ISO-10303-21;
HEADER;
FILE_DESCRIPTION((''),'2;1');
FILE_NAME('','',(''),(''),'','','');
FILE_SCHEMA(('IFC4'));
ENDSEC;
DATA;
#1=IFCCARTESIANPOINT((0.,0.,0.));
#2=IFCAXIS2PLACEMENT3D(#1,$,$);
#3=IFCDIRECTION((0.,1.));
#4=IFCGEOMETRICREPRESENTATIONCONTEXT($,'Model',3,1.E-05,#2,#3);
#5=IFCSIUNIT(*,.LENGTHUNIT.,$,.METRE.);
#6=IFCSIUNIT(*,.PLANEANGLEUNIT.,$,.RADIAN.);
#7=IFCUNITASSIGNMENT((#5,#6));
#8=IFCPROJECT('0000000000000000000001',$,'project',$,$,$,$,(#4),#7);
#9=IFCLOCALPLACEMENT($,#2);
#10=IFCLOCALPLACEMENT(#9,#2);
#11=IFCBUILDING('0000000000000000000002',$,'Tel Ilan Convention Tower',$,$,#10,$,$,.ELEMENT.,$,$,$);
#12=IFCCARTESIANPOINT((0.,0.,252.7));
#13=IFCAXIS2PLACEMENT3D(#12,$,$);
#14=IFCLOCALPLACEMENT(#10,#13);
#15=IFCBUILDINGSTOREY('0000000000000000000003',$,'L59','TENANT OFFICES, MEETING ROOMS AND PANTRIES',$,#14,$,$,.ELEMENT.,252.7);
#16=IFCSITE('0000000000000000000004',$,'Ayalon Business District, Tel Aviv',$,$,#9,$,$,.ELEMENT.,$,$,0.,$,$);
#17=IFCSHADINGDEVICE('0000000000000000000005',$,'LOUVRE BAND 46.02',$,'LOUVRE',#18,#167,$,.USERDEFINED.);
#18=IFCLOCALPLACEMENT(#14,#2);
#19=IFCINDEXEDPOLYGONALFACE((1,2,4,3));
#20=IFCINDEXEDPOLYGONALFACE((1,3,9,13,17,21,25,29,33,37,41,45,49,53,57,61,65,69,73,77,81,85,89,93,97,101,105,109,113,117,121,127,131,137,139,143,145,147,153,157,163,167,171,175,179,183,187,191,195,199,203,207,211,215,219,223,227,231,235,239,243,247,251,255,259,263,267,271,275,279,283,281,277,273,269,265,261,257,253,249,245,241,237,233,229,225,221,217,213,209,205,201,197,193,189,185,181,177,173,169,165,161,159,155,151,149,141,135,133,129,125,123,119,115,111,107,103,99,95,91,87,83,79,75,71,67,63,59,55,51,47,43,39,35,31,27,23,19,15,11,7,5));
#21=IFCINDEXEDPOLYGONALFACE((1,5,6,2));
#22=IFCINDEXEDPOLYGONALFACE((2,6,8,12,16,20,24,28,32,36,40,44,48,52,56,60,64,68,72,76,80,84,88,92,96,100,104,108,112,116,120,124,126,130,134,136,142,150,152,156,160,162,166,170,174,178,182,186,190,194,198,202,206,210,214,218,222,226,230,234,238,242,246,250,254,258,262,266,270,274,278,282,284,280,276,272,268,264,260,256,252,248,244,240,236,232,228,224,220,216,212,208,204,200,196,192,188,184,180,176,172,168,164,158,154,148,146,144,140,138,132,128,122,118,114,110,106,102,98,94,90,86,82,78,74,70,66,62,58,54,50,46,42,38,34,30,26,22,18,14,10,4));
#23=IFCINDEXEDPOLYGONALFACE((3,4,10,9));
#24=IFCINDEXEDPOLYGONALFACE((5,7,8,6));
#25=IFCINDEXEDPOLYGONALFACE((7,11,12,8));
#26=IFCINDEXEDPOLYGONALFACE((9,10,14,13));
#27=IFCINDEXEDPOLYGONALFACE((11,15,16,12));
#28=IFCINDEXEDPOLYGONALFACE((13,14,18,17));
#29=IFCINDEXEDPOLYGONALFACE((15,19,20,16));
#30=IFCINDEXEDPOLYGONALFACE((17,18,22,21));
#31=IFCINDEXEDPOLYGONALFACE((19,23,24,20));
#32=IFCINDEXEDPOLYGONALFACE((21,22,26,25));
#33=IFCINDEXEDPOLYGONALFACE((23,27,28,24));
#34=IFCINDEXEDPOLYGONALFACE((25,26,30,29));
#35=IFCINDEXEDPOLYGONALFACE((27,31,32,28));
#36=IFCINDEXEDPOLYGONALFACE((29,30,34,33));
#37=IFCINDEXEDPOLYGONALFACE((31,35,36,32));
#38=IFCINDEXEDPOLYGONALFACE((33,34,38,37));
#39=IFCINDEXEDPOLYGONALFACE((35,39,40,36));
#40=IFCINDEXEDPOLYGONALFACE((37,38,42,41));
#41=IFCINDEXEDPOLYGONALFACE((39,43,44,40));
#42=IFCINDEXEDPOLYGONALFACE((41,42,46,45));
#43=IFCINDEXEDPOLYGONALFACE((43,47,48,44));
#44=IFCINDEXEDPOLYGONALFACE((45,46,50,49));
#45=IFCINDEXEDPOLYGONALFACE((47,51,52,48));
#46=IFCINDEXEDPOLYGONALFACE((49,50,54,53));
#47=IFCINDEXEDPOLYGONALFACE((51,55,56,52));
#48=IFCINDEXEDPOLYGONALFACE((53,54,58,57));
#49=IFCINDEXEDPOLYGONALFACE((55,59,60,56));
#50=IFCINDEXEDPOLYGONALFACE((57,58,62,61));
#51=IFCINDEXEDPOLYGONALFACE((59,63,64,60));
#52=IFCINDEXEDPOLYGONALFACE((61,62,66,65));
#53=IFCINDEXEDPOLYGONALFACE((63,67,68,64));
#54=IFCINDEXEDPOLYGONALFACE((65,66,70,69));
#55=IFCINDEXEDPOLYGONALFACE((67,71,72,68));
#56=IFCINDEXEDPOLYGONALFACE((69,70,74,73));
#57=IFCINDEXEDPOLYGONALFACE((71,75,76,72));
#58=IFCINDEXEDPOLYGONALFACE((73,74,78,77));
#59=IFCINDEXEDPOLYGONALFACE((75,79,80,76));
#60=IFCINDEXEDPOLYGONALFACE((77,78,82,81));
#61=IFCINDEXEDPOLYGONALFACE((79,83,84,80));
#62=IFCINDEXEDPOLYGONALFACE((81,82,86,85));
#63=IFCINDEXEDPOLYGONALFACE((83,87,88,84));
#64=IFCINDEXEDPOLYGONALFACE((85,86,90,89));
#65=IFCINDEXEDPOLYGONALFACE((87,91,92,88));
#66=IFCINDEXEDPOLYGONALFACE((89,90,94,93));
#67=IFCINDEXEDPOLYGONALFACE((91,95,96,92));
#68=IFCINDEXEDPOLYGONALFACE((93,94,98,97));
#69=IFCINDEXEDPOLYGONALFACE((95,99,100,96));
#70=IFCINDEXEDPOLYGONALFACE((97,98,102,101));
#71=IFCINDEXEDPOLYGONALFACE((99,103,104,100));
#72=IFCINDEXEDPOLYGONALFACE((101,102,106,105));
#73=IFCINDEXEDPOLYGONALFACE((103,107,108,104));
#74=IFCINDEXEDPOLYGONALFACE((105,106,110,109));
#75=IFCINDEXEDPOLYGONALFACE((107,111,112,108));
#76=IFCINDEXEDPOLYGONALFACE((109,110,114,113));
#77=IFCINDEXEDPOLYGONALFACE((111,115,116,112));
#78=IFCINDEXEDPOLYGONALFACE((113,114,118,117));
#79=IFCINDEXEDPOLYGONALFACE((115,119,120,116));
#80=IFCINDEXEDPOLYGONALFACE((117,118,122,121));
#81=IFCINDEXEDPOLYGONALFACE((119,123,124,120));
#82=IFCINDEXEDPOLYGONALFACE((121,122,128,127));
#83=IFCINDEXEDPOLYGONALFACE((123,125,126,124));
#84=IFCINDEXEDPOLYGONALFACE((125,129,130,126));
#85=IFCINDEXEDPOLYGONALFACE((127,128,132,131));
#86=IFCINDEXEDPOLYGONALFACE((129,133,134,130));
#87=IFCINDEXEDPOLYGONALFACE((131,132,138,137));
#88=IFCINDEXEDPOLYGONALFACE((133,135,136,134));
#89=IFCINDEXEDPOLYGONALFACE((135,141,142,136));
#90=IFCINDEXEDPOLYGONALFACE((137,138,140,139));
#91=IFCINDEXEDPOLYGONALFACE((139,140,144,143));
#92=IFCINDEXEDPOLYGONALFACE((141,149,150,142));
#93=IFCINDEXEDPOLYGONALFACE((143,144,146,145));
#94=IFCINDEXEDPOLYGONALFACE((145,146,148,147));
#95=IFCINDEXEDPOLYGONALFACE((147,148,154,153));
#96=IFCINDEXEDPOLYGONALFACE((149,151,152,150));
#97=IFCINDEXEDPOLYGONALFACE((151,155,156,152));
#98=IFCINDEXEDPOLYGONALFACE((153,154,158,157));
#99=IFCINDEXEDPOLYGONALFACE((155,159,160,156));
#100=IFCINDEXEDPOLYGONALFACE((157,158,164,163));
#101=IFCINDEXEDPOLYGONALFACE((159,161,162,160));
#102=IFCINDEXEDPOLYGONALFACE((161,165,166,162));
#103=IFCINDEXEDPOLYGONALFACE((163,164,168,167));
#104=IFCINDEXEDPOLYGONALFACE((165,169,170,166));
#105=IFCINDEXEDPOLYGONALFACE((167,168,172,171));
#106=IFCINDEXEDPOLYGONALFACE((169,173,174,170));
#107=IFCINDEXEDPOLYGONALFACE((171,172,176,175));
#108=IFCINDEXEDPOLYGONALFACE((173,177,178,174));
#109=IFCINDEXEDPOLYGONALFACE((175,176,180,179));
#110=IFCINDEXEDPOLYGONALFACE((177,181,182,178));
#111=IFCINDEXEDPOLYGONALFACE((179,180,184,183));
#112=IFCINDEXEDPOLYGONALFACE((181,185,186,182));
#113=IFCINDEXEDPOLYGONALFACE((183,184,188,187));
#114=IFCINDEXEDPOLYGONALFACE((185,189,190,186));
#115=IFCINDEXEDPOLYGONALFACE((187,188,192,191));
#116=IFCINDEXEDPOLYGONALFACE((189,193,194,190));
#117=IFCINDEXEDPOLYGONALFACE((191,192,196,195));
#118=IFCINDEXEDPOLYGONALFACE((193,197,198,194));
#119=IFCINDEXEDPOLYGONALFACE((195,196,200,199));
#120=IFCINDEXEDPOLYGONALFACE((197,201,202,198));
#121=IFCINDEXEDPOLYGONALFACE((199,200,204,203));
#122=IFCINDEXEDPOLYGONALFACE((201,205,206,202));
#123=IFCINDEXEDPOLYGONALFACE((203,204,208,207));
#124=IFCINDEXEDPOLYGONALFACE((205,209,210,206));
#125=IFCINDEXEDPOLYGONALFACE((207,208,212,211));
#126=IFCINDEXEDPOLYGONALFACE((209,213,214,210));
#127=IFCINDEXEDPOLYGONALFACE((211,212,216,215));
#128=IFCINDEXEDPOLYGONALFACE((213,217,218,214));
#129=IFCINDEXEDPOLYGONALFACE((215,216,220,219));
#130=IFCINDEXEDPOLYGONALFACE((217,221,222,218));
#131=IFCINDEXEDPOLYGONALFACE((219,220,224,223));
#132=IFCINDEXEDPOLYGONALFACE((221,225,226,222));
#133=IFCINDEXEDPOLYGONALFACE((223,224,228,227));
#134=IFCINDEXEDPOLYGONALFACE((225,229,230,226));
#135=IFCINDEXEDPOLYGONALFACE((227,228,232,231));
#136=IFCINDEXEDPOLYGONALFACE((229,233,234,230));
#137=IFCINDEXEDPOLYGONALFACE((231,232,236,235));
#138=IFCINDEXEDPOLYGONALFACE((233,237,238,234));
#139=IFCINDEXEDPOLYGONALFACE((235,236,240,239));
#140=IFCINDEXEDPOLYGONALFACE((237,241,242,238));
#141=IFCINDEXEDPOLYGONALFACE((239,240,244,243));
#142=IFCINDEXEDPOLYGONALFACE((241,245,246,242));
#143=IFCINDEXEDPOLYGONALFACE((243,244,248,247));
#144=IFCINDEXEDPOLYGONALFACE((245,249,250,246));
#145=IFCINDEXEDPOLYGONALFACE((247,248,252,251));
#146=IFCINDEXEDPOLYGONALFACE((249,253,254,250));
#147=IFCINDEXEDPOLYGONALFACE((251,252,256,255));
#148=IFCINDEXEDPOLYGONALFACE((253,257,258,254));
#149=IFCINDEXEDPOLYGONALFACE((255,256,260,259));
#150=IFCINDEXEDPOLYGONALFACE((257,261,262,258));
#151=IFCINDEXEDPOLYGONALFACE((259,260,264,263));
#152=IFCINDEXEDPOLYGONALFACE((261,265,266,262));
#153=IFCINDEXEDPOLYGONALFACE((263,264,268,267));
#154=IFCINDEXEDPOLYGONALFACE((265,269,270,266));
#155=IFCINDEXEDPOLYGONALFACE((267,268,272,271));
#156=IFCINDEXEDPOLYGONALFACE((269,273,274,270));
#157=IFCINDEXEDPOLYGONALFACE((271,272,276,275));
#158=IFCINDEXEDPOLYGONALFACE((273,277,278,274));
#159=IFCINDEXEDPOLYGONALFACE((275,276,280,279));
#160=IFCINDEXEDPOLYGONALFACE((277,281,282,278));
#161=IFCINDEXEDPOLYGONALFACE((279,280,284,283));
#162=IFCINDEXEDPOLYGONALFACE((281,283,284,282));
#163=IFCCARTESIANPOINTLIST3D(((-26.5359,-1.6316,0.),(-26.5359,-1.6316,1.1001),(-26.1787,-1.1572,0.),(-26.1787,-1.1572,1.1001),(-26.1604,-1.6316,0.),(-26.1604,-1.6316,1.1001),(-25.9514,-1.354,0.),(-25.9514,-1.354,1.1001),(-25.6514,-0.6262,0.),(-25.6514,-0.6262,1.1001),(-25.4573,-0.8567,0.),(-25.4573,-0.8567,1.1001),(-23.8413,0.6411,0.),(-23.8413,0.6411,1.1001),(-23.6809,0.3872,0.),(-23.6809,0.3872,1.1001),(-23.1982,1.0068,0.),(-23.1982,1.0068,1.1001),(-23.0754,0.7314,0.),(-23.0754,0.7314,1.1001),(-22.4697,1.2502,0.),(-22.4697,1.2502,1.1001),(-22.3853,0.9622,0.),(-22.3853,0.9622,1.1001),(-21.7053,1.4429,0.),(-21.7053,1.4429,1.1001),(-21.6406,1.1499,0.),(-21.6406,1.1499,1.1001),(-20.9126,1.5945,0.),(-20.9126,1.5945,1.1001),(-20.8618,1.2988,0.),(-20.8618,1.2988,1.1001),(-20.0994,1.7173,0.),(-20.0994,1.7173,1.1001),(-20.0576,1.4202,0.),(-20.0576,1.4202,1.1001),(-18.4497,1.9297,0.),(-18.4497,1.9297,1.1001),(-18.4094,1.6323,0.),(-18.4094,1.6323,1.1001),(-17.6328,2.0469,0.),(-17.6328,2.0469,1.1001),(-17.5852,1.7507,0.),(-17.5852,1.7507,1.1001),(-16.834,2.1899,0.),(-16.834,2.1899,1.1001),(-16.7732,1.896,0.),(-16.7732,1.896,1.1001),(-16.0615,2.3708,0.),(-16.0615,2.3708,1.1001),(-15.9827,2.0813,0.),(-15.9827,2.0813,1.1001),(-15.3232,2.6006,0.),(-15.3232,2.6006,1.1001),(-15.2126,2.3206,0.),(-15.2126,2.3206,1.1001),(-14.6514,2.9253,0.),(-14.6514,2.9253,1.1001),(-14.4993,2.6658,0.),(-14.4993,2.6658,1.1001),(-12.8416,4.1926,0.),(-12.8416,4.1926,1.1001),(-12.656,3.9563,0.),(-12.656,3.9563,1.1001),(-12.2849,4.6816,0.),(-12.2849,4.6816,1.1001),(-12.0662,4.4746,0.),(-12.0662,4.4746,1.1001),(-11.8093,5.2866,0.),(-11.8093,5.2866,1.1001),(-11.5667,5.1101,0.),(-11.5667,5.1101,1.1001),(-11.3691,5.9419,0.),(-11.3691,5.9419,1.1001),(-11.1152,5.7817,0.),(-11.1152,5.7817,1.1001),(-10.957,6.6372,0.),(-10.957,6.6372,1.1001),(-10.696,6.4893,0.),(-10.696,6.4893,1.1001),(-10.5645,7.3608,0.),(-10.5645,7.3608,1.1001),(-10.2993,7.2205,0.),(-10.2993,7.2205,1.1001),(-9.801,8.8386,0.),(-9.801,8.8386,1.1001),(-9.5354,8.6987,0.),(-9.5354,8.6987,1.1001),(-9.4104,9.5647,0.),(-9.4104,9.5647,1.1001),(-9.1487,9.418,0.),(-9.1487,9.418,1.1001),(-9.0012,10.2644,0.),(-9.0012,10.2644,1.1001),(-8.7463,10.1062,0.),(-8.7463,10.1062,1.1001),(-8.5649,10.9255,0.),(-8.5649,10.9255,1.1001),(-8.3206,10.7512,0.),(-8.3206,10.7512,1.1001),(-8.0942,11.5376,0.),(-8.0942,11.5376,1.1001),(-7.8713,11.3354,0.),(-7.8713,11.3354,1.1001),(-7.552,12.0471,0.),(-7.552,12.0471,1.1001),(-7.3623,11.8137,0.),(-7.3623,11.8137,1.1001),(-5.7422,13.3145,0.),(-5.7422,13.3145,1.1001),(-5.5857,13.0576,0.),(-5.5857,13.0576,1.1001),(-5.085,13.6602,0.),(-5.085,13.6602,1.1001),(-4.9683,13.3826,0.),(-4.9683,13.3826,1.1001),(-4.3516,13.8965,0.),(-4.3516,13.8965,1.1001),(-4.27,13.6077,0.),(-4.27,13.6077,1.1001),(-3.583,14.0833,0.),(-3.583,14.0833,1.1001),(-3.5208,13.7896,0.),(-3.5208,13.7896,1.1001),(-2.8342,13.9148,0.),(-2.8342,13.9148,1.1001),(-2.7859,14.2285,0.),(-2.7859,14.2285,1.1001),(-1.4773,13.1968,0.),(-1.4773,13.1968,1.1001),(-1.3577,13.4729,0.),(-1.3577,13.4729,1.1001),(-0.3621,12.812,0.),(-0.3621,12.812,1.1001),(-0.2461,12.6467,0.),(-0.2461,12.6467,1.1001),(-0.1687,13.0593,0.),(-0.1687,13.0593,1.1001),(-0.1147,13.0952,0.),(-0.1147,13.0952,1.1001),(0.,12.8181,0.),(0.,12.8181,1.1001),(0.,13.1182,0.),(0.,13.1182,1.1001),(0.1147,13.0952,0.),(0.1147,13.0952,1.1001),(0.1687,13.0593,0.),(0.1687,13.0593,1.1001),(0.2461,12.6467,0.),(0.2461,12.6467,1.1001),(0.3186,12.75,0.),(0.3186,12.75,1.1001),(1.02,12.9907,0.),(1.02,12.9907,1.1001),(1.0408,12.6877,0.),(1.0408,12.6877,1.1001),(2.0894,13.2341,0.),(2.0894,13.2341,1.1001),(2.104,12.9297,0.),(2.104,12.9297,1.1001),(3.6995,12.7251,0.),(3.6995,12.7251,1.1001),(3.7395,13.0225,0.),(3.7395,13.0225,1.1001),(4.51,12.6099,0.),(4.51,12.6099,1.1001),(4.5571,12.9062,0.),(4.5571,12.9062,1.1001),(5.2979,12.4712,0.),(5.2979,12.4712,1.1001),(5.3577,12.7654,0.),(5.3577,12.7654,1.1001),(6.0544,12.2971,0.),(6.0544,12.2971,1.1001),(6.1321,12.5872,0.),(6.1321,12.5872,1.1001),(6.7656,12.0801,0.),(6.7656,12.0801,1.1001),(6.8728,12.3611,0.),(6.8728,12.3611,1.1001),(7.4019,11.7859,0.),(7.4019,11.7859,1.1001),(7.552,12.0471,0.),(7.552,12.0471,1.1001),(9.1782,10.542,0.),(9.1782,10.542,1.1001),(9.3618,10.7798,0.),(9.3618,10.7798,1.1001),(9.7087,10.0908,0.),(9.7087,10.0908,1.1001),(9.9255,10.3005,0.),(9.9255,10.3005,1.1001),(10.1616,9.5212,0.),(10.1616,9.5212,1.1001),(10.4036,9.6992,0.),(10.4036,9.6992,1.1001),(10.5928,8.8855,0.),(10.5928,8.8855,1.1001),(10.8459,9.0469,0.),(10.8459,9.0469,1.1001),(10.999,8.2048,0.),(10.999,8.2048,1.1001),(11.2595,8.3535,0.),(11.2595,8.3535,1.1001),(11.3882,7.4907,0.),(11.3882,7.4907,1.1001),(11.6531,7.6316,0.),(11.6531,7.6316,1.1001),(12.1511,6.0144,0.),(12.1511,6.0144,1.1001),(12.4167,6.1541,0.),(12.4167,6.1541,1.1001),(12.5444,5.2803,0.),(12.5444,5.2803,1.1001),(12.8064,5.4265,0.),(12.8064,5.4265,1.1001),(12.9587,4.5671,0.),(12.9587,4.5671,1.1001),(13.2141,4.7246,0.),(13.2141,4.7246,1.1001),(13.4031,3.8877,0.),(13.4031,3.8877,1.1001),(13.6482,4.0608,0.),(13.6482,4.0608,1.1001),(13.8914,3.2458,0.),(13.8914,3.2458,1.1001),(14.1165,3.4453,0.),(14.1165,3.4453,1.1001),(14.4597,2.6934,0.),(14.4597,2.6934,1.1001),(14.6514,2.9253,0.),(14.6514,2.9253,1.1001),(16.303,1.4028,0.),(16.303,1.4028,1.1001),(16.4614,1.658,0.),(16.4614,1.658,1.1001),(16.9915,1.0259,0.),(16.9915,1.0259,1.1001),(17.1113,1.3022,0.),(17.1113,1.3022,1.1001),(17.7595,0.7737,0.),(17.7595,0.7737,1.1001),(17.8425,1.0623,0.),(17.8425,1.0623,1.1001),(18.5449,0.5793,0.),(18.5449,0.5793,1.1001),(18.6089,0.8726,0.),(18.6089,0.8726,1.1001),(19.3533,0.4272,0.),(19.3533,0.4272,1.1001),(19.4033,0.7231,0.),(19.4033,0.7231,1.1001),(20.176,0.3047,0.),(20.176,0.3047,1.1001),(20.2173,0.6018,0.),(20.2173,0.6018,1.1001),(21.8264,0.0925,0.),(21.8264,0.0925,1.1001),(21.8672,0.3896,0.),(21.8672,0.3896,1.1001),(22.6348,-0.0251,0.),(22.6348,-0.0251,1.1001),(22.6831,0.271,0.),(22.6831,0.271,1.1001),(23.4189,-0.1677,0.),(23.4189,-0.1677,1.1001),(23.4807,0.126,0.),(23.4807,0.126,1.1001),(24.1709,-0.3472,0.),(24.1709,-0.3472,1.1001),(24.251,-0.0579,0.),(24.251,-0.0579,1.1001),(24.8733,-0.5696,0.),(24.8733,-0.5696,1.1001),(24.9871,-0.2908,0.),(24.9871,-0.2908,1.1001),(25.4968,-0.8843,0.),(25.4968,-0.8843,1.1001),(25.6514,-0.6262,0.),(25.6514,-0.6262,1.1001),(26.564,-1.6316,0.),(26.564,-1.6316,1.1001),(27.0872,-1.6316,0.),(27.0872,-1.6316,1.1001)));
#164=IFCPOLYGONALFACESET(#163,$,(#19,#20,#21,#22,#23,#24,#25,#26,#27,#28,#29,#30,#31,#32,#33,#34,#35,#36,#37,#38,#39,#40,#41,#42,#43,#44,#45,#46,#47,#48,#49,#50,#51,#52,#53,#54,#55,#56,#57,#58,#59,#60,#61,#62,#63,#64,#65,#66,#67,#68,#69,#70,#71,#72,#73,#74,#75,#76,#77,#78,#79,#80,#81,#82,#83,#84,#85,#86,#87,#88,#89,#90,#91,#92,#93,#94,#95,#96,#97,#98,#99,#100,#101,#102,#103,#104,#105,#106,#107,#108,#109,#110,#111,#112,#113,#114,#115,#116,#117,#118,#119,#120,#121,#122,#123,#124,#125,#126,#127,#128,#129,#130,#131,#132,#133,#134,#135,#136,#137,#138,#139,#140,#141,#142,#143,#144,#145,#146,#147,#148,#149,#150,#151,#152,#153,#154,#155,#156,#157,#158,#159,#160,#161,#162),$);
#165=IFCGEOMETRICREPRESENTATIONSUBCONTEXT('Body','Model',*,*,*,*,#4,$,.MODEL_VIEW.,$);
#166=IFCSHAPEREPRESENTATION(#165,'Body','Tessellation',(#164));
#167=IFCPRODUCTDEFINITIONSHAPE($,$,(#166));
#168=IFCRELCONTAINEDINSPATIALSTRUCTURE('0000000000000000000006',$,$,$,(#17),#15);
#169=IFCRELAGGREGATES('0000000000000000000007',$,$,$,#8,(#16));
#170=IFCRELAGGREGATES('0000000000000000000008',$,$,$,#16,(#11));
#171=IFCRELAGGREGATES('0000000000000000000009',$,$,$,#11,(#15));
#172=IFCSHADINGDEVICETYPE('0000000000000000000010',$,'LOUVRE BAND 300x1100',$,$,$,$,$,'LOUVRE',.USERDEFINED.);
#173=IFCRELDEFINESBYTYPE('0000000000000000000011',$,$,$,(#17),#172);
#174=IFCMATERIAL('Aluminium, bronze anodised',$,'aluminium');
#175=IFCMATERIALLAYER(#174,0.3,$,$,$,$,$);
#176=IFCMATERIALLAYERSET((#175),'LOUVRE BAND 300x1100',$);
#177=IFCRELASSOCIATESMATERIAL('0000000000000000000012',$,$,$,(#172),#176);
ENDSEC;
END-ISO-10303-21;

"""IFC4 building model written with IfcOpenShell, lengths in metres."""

from ifc_helpers import new_model, si_unit, direction, frame, origin, place, context, subcontext, project, spatial, polyline, outline, extrude, material, layer, layer_set, type_object, element, save


model = new_model("IFC4")

# Units and contexts
model_context = context("Model", 3, precision=1e-05, world=origin(), true_north=direction((0.0, 1.0)))
body_context = subcontext(model_context, "Body", "Model", "MODEL_VIEW")
ifc_project = project(units=[si_unit("LENGTHUNIT", "METRE"), si_unit("PLANEANGLEUNIT", "RADIAN")], contexts=[model_context])

# Site, building, storey
site_placement = place(None, origin())
site = spatial("IfcSite", under=ifc_project, at=site_placement, Name="Ayalon Business District, Tel Aviv", CompositionType="ELEMENT", RefElevation=0.0)
building_placement = place(site_placement, origin())
building = spatial("IfcBuilding", under=site, at=building_placement, Name="Tel Ilan Convention Tower", CompositionType="ELEMENT")
storey_placement = place(building_placement, frame((0.0, 0.0, 252.7)))
storey = spatial("IfcBuildingStorey", under=building, at=storey_placement, Name="L59", Description="TENANT OFFICES, MEETING ROOMS AND PANTRIES", CompositionType="ELEMENT", Elevation=252.7)

# Shading device
ifc_material_1 = material(Name="Aluminium, bronze anodised", Category="aluminium")
ifc_layer_1 = layer(ifc_material_1, 0.3)
ifc_layer_set_1 = layer_set([ifc_layer_1], Name="LOUVRE BAND 300x1100")
shading_device_type_1 = type_object("IfcShadingDeviceType", Name="LOUVRE BAND 300x1100", ElementType="LOUVRE", PredefinedType="USERDEFINED", material=ifc_layer_set_1)
shading_device_1_placement = place(storey_placement, origin())
element("IfcShadingDevice", 1, at=shading_device_1_placement, inside=storey, type_object=shading_device_type_1, Name="LOUVRE BAND 46.02", ObjectType="LOUVRE", PredefinedType="USERDEFINED", context=body_context, shape_type="SweptSolid", body=[
    extrude(outline(polyline([(-26.1787, -1.1572), (-26.5359, -1.6316), (-26.1604, -1.6316), (-25.9514, -1.354), (-25.4573, -0.8567), (-23.6809, 0.3872), (-23.0754, 0.7314), (-22.3853, 0.9622), (-21.6406, 1.1499), (-20.8618, 1.2988), (-20.0576, 1.4202), (-18.4094, 1.6323), (-17.5852, 1.7507), (-16.7732, 1.896), (-15.9827, 2.0813), (-15.2126, 2.3206), (-14.4993, 2.6658), (-12.656, 3.9563), (-12.0662, 4.4746), (-11.5667, 5.1101), (-11.1152, 5.7817), (-10.696, 6.4893), (-10.2993, 7.2205), (-9.5354, 8.6987), (-9.1487, 9.418), (-8.7463, 10.1062), (-8.3206, 10.7512), (-7.8713, 11.3354), (-7.3623, 11.8137), (-5.5857, 13.0576), (-4.9683, 13.3826), (-4.27, 13.6077), (-3.5208, 13.7896), (-2.8342, 13.9148), (-1.4773, 13.1968), (-0.3621, 12.812), (-0.2461, 12.6467), (0.0, 12.8181), (0.2461, 12.6467), (0.3186, 12.75), (1.0408, 12.6877), (2.104, 12.9297), (3.6995, 12.7251), (4.51, 12.6099), (5.2979, 12.4712), (6.0544, 12.2971), (6.7656, 12.0801), (7.4019, 11.7859), (9.1782, 10.542), (9.7087, 10.0908), (10.1616, 9.5212), (10.5928, 8.8855), (10.999, 8.2048), (11.3882, 7.4907), (12.1511, 6.0144), (12.5444, 5.2803), (12.9587, 4.5671), (13.4031, 3.8877), (13.8914, 3.2458), (14.4597, 2.6934), (16.303, 1.4028), (16.9915, 1.0259), (17.7595, 0.7737), (18.5449, 0.5793), (19.3533, 0.4272), (20.176, 0.3047), (21.8264, 0.0925), (22.6348, -0.0251), (23.4189, -0.1677), (24.1709, -0.3472), (24.8733, -0.5696), (25.4968, -0.8843), (26.564, -1.6316), (27.0872, -1.6316), (25.6514, -0.6262), (24.9871, -0.2908), (24.251, -0.0579), (23.4807, 0.126), (22.6831, 0.271), (21.8672, 0.3896), (20.2173, 0.6018), (19.4033, 0.7231), (18.6089, 0.8726), (17.8425, 1.0623), (17.1113, 1.3022), (16.4614, 1.658), (14.6514, 2.9253), (14.1165, 3.4453), (13.6482, 4.0608), (13.2141, 4.7246), (12.8064, 5.4265), (12.4167, 6.1541), (11.6531, 7.6316), (11.2595, 8.3535), (10.8459, 9.0469), (10.4036, 9.6992), (9.9255, 10.3005), (9.3618, 10.7798), (7.552, 12.0471), (6.8728, 12.3611), (6.1321, 12.5872), (5.3577, 12.7654), (4.5571, 12.9062), (3.7395, 13.0225), (2.0894, 13.2341), (1.02, 12.9907), (0.1687, 13.0593), (0.1147, 13.0952), (0.0, 13.1182), (-0.1147, 13.0952), (-0.1687, 13.0593), (-1.3577, 13.4729), (-2.7859, 14.2285), (-3.583, 14.0833), (-4.3516, 13.8965), (-5.085, 13.6602), (-5.7422, 13.3145), (-7.552, 12.0471), (-8.0942, 11.5376), (-8.5649, 10.9255), (-9.0012, 10.2644), (-9.4104, 9.5647), (-9.801, 8.8386), (-10.5645, 7.3608), (-10.957, 6.6372), (-11.3691, 5.9419), (-11.8093, 5.2866), (-12.2849, 4.6816), (-12.8416, 4.1926), (-14.6514, 2.9253), (-15.3232, 2.6006), (-16.0615, 2.3708), (-16.834, 2.1899), (-17.6328, 2.0469), (-18.4497, 1.9297), (-20.0994, 1.7173), (-20.9126, 1.5945), (-21.7053, 1.4429), (-22.4697, 1.2502), (-23.1982, 1.0068), (-23.8413, 0.6411), (-25.6514, -0.6262), (-26.1787, -1.1572)])), origin(), (0.0, 0.0, 1.0), 1.1001),
])

save(model, "model.ifc")
